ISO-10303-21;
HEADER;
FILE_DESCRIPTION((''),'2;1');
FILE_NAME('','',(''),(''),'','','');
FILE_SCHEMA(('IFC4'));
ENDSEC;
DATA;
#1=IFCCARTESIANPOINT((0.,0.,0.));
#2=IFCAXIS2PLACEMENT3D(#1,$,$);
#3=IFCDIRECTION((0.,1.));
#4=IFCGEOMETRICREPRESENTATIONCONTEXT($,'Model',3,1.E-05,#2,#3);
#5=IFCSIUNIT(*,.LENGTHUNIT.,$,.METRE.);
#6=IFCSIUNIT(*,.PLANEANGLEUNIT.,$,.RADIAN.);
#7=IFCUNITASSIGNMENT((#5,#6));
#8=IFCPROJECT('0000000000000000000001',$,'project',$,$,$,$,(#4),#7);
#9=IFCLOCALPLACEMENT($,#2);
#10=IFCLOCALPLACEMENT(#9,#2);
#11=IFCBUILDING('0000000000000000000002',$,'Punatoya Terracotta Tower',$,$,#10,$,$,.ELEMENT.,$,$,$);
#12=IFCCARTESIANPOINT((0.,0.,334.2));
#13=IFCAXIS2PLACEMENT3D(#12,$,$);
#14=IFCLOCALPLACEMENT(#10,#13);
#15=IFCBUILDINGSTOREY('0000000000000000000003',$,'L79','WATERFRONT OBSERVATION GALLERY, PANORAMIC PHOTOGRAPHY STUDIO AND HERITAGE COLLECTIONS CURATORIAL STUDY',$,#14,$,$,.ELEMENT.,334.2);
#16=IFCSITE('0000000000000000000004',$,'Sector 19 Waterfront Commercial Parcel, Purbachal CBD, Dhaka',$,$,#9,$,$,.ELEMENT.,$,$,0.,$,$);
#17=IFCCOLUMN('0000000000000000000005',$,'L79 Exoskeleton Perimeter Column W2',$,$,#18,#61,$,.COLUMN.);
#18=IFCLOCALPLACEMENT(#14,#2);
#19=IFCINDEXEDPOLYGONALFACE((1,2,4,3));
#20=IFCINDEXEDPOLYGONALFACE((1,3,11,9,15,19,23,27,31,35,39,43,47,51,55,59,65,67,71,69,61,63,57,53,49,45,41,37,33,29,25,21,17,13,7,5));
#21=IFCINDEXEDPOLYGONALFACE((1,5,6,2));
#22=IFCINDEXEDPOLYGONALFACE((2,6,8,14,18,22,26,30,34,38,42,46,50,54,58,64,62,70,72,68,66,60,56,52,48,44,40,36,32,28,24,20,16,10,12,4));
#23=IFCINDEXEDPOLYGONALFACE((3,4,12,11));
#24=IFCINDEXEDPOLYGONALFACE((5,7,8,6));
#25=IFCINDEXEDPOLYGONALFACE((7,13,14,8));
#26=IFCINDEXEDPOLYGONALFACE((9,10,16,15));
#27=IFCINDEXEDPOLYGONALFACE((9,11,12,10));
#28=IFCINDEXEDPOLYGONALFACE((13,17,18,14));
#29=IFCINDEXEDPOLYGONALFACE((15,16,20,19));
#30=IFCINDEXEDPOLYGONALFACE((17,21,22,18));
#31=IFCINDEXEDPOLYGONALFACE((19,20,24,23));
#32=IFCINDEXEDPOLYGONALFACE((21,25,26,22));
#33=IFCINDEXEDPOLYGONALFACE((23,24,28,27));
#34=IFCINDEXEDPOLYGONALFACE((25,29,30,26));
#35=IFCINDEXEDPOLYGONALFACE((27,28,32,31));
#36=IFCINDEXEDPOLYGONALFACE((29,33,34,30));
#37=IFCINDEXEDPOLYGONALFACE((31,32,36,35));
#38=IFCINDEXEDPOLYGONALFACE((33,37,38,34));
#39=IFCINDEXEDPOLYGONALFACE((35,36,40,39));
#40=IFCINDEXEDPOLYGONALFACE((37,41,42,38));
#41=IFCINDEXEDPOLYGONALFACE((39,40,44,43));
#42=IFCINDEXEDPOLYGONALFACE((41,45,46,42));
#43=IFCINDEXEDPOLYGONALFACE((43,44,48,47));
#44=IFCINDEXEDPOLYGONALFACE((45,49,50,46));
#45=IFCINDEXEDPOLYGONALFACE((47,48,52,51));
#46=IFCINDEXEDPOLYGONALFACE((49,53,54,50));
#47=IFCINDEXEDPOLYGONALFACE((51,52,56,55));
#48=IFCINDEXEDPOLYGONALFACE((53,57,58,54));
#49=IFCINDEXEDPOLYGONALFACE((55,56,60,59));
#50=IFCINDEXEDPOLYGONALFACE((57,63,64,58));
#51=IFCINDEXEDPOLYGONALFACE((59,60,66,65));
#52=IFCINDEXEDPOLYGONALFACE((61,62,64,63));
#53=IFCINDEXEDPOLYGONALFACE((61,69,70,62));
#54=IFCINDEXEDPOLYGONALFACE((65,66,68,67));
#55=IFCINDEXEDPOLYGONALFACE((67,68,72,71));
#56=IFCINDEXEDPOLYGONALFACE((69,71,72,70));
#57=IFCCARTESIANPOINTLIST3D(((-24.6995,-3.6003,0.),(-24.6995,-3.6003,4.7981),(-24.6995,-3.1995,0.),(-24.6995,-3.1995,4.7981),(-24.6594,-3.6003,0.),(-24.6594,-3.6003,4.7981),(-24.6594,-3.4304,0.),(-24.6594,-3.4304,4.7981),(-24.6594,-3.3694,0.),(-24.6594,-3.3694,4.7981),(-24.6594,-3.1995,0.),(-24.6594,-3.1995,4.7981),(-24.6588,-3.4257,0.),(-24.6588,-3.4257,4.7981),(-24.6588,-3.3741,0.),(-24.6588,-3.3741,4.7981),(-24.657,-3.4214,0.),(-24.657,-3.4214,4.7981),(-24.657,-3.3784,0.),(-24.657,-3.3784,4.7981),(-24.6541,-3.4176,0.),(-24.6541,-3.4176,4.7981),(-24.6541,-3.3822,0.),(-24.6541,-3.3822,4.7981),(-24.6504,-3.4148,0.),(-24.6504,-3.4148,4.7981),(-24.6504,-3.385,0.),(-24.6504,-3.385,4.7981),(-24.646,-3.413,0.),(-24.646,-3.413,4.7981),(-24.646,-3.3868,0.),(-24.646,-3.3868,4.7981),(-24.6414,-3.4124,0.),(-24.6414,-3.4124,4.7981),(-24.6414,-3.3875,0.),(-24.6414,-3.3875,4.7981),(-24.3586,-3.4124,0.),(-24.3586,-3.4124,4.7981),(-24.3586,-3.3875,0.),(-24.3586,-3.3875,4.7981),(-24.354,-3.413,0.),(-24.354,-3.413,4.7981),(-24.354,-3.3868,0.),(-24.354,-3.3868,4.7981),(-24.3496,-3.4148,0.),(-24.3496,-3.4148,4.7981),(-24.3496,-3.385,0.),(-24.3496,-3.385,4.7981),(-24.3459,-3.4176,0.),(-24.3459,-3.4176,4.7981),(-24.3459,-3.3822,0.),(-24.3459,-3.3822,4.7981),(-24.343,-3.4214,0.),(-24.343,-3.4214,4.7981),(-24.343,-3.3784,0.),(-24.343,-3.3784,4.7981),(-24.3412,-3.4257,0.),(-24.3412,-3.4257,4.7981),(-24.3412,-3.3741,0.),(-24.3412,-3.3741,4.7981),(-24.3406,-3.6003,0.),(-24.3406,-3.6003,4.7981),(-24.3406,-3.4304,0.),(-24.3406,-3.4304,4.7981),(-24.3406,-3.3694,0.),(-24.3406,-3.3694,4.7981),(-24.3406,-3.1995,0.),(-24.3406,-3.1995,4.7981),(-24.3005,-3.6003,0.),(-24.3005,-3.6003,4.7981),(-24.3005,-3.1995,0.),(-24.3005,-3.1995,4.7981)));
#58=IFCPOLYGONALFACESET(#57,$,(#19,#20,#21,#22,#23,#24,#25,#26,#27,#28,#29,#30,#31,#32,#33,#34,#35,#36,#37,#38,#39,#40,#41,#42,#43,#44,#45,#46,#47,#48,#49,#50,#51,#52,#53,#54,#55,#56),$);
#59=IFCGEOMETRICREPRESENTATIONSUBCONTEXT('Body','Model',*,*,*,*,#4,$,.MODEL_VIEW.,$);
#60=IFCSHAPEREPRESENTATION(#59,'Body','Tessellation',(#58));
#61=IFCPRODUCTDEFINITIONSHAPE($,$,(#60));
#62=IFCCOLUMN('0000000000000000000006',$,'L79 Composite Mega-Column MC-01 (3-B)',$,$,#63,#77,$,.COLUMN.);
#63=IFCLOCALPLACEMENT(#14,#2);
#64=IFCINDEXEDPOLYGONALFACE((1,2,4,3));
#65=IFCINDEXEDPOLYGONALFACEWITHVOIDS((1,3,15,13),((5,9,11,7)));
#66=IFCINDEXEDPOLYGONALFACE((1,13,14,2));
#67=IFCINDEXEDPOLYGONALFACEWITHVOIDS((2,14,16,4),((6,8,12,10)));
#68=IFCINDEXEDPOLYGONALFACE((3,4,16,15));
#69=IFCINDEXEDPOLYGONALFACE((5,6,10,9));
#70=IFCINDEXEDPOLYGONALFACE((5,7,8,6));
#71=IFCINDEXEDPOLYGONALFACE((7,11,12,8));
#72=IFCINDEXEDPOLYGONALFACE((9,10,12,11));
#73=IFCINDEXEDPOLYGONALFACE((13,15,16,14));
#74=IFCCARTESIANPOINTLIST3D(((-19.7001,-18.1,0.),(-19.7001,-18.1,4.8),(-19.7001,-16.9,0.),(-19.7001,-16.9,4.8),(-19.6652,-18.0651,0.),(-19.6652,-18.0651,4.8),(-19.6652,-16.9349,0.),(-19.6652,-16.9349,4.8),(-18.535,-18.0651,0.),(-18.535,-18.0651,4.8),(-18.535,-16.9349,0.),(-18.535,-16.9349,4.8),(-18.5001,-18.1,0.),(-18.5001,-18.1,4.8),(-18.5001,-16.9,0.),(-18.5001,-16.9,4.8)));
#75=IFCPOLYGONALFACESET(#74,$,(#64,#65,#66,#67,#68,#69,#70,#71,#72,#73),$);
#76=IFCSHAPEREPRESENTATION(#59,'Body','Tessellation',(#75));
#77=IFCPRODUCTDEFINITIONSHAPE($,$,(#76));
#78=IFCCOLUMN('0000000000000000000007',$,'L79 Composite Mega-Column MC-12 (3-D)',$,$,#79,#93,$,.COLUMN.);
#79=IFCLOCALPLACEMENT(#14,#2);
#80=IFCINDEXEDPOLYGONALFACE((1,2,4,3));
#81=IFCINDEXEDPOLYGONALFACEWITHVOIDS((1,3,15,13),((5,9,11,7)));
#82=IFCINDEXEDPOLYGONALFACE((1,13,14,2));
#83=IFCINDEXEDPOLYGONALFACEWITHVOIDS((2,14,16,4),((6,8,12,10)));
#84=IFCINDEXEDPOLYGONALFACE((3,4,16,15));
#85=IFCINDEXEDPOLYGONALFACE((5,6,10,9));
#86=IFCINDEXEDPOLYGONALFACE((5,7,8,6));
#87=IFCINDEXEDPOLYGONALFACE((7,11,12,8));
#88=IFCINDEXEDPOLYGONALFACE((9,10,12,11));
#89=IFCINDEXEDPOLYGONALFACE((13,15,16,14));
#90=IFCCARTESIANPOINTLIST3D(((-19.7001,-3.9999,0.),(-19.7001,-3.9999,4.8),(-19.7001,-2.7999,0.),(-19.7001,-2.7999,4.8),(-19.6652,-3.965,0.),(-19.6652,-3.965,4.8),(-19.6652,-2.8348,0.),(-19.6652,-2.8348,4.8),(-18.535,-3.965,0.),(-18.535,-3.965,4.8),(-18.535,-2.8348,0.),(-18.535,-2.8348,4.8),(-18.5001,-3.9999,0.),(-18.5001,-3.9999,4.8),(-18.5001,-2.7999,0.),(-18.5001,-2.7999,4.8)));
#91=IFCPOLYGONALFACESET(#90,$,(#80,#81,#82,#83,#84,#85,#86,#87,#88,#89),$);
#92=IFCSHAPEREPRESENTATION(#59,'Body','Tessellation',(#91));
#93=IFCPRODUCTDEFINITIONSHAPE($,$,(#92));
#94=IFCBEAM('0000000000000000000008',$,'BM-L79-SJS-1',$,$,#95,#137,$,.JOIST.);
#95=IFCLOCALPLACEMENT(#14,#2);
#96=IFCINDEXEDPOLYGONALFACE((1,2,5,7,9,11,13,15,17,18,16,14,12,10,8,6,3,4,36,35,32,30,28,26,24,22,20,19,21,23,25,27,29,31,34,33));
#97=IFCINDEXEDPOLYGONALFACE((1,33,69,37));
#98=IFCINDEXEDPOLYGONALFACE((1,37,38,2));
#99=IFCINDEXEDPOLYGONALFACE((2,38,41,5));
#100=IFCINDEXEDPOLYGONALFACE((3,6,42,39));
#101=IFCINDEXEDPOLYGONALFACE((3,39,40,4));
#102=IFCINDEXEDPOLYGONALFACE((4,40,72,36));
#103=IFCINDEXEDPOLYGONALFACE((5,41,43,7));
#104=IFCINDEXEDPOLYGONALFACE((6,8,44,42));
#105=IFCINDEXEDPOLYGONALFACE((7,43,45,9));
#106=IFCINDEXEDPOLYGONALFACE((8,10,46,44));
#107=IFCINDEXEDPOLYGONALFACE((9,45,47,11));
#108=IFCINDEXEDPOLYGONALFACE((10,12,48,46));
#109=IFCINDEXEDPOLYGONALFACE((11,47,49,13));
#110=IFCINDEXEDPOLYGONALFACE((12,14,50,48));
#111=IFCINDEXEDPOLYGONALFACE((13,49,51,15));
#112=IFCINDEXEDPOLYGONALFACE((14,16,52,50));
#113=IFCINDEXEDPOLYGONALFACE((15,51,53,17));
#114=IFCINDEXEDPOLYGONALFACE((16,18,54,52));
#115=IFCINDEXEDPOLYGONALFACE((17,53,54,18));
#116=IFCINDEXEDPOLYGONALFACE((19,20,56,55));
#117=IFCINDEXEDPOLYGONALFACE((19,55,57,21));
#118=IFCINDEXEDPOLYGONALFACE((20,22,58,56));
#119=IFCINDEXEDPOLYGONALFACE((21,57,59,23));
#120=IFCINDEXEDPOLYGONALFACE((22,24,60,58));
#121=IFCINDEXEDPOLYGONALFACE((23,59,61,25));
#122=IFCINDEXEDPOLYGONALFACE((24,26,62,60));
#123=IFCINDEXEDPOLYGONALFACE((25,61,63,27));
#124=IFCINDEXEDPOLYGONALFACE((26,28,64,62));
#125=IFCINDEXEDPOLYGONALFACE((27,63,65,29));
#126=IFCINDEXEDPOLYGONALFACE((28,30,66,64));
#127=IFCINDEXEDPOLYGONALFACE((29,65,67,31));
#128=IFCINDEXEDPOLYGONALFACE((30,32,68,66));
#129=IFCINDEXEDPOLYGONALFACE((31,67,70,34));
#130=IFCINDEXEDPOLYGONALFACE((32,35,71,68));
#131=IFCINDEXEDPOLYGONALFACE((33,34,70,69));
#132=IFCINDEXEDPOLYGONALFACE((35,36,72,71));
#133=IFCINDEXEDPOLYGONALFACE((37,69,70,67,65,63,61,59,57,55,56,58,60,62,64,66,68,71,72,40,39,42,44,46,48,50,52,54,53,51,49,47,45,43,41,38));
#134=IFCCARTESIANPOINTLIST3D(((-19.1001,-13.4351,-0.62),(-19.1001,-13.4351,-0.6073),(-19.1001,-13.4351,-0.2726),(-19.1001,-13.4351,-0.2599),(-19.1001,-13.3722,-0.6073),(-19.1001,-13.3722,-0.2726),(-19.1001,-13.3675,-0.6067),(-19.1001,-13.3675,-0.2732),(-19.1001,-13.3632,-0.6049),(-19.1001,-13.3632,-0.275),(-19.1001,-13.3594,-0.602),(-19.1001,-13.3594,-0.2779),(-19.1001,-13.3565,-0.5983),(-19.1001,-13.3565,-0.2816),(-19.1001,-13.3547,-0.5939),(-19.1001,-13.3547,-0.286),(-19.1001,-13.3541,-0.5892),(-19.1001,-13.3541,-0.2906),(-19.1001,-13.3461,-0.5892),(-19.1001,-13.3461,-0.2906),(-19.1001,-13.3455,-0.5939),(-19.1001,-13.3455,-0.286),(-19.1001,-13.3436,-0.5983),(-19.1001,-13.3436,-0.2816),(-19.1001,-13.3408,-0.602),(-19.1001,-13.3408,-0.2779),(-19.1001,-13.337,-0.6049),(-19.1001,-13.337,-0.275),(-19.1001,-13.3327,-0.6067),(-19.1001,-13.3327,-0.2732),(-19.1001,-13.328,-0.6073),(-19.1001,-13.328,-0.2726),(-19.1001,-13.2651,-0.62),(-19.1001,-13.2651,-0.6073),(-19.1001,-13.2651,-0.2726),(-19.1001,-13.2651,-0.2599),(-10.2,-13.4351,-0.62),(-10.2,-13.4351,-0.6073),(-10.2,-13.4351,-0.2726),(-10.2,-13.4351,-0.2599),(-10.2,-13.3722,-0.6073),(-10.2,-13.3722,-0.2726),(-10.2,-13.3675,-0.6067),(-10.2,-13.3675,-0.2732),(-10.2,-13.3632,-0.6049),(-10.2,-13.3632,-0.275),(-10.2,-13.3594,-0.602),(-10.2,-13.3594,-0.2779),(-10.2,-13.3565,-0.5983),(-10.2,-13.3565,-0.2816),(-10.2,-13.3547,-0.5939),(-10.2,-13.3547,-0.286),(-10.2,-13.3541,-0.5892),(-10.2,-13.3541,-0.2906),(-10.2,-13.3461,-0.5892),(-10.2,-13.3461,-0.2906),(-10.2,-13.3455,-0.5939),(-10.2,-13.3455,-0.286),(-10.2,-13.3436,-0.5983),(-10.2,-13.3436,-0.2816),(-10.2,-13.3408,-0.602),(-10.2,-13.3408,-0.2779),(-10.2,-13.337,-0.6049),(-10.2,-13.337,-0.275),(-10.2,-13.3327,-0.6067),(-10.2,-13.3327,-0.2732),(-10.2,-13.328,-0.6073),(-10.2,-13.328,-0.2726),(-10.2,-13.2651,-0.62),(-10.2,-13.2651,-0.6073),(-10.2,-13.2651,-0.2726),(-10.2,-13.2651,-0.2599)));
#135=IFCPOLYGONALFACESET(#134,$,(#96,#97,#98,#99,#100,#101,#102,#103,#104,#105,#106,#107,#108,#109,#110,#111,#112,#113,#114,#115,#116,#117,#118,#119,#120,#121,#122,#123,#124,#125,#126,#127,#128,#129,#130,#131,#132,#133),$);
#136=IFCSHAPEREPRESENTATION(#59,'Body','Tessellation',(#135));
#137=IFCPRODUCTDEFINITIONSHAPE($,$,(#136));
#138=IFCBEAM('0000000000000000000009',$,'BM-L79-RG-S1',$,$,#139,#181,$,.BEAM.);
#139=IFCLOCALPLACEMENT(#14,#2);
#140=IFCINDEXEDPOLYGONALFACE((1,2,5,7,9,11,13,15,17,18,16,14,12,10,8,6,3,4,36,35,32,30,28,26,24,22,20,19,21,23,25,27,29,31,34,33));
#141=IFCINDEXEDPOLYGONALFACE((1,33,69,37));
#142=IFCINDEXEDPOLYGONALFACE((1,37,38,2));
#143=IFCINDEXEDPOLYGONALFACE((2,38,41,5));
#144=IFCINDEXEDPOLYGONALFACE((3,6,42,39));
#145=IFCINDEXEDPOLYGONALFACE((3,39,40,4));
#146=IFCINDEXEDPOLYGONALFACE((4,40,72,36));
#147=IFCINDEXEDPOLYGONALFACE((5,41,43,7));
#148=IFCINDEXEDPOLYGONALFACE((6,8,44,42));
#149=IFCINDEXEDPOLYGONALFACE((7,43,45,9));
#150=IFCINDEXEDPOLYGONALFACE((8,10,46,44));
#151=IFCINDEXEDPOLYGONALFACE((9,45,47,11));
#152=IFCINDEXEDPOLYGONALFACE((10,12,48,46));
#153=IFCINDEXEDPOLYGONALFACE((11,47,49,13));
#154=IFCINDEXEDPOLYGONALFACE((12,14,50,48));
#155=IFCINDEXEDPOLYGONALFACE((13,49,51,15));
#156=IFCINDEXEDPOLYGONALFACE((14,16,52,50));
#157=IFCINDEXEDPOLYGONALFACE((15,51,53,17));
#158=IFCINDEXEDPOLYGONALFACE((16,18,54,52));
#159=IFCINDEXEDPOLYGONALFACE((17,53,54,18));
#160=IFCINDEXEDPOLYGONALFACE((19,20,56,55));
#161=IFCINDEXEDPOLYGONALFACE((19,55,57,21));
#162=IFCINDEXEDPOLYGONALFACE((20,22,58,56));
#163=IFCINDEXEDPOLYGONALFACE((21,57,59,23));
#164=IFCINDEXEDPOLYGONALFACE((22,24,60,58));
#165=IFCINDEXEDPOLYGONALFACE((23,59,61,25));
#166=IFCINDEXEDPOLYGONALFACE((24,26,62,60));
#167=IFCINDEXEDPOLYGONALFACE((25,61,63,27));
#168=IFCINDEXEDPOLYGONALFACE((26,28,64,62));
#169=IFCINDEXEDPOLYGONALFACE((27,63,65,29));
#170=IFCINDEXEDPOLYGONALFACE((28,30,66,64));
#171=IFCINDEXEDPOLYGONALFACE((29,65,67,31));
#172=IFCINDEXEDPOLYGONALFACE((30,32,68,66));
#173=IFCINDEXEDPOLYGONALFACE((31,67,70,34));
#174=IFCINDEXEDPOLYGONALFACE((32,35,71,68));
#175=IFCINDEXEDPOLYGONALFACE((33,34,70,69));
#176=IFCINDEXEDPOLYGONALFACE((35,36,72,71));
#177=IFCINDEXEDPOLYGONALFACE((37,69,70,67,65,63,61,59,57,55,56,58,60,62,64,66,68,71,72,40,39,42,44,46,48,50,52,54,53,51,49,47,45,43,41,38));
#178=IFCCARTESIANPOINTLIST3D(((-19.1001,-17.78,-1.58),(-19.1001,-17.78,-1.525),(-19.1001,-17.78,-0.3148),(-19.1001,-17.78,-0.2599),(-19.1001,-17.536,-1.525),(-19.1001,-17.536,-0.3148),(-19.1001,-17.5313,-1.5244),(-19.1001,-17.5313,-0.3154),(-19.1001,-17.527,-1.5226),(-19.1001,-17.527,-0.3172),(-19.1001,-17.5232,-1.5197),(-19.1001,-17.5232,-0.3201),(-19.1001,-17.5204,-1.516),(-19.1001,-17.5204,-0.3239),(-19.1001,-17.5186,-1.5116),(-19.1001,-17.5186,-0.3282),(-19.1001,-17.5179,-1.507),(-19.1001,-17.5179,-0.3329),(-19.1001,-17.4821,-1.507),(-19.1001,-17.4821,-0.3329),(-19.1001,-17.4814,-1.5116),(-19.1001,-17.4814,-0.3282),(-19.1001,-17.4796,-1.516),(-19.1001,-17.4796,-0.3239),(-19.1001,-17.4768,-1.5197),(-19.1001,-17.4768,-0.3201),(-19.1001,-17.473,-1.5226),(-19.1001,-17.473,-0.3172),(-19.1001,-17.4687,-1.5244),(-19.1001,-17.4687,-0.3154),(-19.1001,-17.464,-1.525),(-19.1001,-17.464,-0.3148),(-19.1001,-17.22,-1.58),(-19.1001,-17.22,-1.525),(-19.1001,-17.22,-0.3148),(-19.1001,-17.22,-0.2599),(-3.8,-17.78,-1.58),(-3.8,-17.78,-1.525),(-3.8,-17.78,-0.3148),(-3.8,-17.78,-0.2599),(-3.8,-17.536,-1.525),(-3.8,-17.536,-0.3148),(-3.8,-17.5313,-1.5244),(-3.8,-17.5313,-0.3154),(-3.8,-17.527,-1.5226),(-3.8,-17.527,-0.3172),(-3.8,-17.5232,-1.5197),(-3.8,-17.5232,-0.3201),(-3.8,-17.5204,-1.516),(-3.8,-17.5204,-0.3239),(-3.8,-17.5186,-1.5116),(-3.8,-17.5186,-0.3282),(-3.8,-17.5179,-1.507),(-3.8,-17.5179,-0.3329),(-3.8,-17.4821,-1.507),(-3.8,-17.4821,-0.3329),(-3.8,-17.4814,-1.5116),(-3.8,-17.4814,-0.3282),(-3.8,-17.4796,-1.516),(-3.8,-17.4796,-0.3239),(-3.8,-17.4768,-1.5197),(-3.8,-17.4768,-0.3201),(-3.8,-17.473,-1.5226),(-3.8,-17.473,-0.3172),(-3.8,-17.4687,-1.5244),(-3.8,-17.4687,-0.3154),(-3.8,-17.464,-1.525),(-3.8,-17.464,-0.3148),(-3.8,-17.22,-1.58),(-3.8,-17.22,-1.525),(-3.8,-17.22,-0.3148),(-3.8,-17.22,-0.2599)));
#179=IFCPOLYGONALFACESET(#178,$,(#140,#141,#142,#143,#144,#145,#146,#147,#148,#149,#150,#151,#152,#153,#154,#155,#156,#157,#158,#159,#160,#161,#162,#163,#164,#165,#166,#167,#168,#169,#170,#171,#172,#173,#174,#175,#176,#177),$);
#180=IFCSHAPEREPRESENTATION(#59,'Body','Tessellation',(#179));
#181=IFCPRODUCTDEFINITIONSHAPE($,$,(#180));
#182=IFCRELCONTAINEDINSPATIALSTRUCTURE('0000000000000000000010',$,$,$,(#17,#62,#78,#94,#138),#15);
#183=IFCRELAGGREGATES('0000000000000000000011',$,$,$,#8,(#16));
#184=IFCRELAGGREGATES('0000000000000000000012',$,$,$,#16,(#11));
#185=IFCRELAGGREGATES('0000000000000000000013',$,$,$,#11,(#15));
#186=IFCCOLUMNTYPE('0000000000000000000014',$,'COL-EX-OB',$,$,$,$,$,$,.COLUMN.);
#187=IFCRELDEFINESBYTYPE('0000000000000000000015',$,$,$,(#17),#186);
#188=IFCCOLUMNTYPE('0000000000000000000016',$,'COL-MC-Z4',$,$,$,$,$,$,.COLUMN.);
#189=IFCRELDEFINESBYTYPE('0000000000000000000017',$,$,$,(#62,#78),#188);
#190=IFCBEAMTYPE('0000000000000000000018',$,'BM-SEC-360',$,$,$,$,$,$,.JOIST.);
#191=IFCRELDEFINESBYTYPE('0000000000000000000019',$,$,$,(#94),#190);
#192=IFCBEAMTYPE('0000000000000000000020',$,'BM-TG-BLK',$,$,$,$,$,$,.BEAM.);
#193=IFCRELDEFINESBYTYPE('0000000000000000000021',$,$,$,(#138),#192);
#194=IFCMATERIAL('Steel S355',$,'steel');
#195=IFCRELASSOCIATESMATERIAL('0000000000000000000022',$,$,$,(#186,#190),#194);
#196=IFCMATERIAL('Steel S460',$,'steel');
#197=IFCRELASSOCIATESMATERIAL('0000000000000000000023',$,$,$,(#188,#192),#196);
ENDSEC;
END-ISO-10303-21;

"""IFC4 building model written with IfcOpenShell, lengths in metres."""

from ifc_helpers import new_model, si_unit, direction, frame, origin, origin_2d, place, context, subcontext, project, spatial, hollow_rectangle, i_section, extrude, material, material_profile, profile_set, type_object, element, save


model = new_model("IFC4")

# Units and contexts
model_context = context("Model", 3, precision=1e-05, world=origin(), true_north=direction((0.0, 1.0)))
body_context = subcontext(model_context, "Body", "Model", "MODEL_VIEW")
ifc_project = project(units=[si_unit("LENGTHUNIT", "METRE"), si_unit("PLANEANGLEUNIT", "RADIAN")], contexts=[model_context])

# Site, building, storey
site_placement = place(None, origin())
site = spatial("IfcSite", under=ifc_project, at=site_placement, Name="Sector 19 Waterfront Commercial Parcel, Purbachal CBD, Dhaka", CompositionType="ELEMENT", RefElevation=0.0)
building_placement = place(site_placement, origin())
building = spatial("IfcBuilding", under=site, at=building_placement, Name="Punatoya Terracotta Tower", CompositionType="ELEMENT")
storey_placement = place(building_placement, frame((0.0, 0.0, 334.2)))
storey = spatial("IfcBuildingStorey", under=building, at=storey_placement, Name="L79", Description="WATERFRONT OBSERVATION GALLERY, PANORAMIC PHOTOGRAPHY STUDIO AND HERITAGE COLLECTIONS CURATORIAL STUDY", CompositionType="ELEMENT", Elevation=334.2)

# Columns
ifc_material_1 = material(Name="Steel S355", Category="steel")
ifc_material_profile_1 = material_profile(ifc_material_1, i_section(OverallWidth=0.4009, OverallDepth=0.3989, WebThickness=0.0249, FlangeThickness=0.04, FilletRadius=0.0181, at=origin_2d()))
ifc_profile_set_1 = profile_set([ifc_material_profile_1], Name="Steel S355")
column_type_1 = type_object("IfcColumnType", Name="COL-EX-OB", PredefinedType="COLUMN", material=ifc_profile_set_1)
column_placement = place(storey_placement, frame((-24.5, -3.3999, 0.0), z_axis=(0.0, 0.0, 1.0), x_axis=(0.0, 1.0, 0.0)))
element("IfcColumn", 1, at=column_placement, inside=storey, type_object=column_type_1, Name="L79 Exoskeleton Perimeter Column W2", PredefinedType="COLUMN", context=body_context, shape_type="SweptSolid", body=[
    extrude(i_section(OverallWidth=0.4009, OverallDepth=0.3989, WebThickness=0.0249, FlangeThickness=0.04, FilletRadius=0.0181, at=origin_2d()), origin(), (0.0, 0.0, 1.0), 4.7981),
])
ifc_material_2 = material(Name="Steel S460", Category="steel")
ifc_material_profile_2 = material_profile(ifc_material_2, hollow_rectangle(XDim=1.2, YDim=1.2, WallThickness=0.0349, at=origin_2d()))
ifc_profile_set_2 = profile_set([ifc_material_profile_2], Name="Steel S460")
column_type_2 = type_object("IfcColumnType", Name="COL-MC-Z4", PredefinedType="COLUMN", material=ifc_profile_set_2)
for number, where, z_axis, x_axis, name in (
    (2, (-19.1001, -17.5, 0.0), (0.0, 0.0, 1.0), (1.0, 0.0, 0.0), "L79 Composite Mega-Column MC-01 (3-B)"),
    (3, (-19.1001, -3.3999, 0.0), (0.0, 0.0, 1.0), (1.0, 0.0, 0.0), "L79 Composite Mega-Column MC-12 (3-D)"),
):
    element("IfcColumn", number, at=place(storey_placement, frame(where, z_axis=z_axis, x_axis=x_axis)), inside=storey, type_object=column_type_2, Name=name, PredefinedType="COLUMN", context=body_context, shape_type="SweptSolid", body=[
        extrude(hollow_rectangle(XDim=1.2, YDim=1.2, WallThickness=0.0349, at=origin_2d()), origin(), (0.0, 0.0, 1.0), 4.8),
    ])

# Beams
ifc_material_profile_3 = material_profile(ifc_material_1, i_section(OverallWidth=0.1699, OverallDepth=0.3601, WebThickness=0.0081, FlangeThickness=0.0127, FilletRadius=0.0181, at=origin_2d()))
ifc_profile_set_3 = profile_set([ifc_material_profile_3], Name="Steel S355")
beam_type_1 = type_object("IfcBeamType", Name="BM-SEC-360", PredefinedType="JOIST", material=ifc_profile_set_3)
beam_1_placement = place(storey_placement, frame((-19.1001, -13.3501, -0.4399), z_axis=(1.0, 0.0, 0.0), x_axis=(0.0, 1.0, 0.0)))
element("IfcBeam", 4, at=beam_1_placement, inside=storey, type_object=beam_type_1, Name="BM-L79-SJS-1", PredefinedType="JOIST", context=body_context, shape_type="SweptSolid", body=[
    extrude(i_section(OverallWidth=0.1699, OverallDepth=0.3601, WebThickness=0.0081, FlangeThickness=0.0127, FilletRadius=0.0181, at=origin_2d()), origin(), (0.0, 0.0, 1.0), 8.9001),
])
ifc_material_profile_4 = material_profile(ifc_material_2, i_section(OverallWidth=0.5601, OverallDepth=1.3201, WebThickness=0.0359, FlangeThickness=0.0549, FilletRadius=0.0181, at=origin_2d()))
ifc_profile_set_4 = profile_set([ifc_material_profile_4], Name="Steel S460")
beam_type_2 = type_object("IfcBeamType", Name="BM-TG-BLK", PredefinedType="BEAM", material=ifc_profile_set_4)
beam_2_placement = place(storey_placement, frame((-19.1001, -17.5, -0.9199), z_axis=(1.0, 0.0, 0.0), x_axis=(0.0, 1.0, 0.0)))
element("IfcBeam", 5, at=beam_2_placement, inside=storey, type_object=beam_type_2, Name="BM-L79-RG-S1", PredefinedType="BEAM", context=body_context, shape_type="SweptSolid", body=[
    extrude(i_section(OverallWidth=0.5601, OverallDepth=1.3201, WebThickness=0.0359, FlangeThickness=0.0549, FilletRadius=0.0181, at=origin_2d()), origin(), (0.0, 0.0, 1.0), 15.3),
])

save(model, "model.ifc")
